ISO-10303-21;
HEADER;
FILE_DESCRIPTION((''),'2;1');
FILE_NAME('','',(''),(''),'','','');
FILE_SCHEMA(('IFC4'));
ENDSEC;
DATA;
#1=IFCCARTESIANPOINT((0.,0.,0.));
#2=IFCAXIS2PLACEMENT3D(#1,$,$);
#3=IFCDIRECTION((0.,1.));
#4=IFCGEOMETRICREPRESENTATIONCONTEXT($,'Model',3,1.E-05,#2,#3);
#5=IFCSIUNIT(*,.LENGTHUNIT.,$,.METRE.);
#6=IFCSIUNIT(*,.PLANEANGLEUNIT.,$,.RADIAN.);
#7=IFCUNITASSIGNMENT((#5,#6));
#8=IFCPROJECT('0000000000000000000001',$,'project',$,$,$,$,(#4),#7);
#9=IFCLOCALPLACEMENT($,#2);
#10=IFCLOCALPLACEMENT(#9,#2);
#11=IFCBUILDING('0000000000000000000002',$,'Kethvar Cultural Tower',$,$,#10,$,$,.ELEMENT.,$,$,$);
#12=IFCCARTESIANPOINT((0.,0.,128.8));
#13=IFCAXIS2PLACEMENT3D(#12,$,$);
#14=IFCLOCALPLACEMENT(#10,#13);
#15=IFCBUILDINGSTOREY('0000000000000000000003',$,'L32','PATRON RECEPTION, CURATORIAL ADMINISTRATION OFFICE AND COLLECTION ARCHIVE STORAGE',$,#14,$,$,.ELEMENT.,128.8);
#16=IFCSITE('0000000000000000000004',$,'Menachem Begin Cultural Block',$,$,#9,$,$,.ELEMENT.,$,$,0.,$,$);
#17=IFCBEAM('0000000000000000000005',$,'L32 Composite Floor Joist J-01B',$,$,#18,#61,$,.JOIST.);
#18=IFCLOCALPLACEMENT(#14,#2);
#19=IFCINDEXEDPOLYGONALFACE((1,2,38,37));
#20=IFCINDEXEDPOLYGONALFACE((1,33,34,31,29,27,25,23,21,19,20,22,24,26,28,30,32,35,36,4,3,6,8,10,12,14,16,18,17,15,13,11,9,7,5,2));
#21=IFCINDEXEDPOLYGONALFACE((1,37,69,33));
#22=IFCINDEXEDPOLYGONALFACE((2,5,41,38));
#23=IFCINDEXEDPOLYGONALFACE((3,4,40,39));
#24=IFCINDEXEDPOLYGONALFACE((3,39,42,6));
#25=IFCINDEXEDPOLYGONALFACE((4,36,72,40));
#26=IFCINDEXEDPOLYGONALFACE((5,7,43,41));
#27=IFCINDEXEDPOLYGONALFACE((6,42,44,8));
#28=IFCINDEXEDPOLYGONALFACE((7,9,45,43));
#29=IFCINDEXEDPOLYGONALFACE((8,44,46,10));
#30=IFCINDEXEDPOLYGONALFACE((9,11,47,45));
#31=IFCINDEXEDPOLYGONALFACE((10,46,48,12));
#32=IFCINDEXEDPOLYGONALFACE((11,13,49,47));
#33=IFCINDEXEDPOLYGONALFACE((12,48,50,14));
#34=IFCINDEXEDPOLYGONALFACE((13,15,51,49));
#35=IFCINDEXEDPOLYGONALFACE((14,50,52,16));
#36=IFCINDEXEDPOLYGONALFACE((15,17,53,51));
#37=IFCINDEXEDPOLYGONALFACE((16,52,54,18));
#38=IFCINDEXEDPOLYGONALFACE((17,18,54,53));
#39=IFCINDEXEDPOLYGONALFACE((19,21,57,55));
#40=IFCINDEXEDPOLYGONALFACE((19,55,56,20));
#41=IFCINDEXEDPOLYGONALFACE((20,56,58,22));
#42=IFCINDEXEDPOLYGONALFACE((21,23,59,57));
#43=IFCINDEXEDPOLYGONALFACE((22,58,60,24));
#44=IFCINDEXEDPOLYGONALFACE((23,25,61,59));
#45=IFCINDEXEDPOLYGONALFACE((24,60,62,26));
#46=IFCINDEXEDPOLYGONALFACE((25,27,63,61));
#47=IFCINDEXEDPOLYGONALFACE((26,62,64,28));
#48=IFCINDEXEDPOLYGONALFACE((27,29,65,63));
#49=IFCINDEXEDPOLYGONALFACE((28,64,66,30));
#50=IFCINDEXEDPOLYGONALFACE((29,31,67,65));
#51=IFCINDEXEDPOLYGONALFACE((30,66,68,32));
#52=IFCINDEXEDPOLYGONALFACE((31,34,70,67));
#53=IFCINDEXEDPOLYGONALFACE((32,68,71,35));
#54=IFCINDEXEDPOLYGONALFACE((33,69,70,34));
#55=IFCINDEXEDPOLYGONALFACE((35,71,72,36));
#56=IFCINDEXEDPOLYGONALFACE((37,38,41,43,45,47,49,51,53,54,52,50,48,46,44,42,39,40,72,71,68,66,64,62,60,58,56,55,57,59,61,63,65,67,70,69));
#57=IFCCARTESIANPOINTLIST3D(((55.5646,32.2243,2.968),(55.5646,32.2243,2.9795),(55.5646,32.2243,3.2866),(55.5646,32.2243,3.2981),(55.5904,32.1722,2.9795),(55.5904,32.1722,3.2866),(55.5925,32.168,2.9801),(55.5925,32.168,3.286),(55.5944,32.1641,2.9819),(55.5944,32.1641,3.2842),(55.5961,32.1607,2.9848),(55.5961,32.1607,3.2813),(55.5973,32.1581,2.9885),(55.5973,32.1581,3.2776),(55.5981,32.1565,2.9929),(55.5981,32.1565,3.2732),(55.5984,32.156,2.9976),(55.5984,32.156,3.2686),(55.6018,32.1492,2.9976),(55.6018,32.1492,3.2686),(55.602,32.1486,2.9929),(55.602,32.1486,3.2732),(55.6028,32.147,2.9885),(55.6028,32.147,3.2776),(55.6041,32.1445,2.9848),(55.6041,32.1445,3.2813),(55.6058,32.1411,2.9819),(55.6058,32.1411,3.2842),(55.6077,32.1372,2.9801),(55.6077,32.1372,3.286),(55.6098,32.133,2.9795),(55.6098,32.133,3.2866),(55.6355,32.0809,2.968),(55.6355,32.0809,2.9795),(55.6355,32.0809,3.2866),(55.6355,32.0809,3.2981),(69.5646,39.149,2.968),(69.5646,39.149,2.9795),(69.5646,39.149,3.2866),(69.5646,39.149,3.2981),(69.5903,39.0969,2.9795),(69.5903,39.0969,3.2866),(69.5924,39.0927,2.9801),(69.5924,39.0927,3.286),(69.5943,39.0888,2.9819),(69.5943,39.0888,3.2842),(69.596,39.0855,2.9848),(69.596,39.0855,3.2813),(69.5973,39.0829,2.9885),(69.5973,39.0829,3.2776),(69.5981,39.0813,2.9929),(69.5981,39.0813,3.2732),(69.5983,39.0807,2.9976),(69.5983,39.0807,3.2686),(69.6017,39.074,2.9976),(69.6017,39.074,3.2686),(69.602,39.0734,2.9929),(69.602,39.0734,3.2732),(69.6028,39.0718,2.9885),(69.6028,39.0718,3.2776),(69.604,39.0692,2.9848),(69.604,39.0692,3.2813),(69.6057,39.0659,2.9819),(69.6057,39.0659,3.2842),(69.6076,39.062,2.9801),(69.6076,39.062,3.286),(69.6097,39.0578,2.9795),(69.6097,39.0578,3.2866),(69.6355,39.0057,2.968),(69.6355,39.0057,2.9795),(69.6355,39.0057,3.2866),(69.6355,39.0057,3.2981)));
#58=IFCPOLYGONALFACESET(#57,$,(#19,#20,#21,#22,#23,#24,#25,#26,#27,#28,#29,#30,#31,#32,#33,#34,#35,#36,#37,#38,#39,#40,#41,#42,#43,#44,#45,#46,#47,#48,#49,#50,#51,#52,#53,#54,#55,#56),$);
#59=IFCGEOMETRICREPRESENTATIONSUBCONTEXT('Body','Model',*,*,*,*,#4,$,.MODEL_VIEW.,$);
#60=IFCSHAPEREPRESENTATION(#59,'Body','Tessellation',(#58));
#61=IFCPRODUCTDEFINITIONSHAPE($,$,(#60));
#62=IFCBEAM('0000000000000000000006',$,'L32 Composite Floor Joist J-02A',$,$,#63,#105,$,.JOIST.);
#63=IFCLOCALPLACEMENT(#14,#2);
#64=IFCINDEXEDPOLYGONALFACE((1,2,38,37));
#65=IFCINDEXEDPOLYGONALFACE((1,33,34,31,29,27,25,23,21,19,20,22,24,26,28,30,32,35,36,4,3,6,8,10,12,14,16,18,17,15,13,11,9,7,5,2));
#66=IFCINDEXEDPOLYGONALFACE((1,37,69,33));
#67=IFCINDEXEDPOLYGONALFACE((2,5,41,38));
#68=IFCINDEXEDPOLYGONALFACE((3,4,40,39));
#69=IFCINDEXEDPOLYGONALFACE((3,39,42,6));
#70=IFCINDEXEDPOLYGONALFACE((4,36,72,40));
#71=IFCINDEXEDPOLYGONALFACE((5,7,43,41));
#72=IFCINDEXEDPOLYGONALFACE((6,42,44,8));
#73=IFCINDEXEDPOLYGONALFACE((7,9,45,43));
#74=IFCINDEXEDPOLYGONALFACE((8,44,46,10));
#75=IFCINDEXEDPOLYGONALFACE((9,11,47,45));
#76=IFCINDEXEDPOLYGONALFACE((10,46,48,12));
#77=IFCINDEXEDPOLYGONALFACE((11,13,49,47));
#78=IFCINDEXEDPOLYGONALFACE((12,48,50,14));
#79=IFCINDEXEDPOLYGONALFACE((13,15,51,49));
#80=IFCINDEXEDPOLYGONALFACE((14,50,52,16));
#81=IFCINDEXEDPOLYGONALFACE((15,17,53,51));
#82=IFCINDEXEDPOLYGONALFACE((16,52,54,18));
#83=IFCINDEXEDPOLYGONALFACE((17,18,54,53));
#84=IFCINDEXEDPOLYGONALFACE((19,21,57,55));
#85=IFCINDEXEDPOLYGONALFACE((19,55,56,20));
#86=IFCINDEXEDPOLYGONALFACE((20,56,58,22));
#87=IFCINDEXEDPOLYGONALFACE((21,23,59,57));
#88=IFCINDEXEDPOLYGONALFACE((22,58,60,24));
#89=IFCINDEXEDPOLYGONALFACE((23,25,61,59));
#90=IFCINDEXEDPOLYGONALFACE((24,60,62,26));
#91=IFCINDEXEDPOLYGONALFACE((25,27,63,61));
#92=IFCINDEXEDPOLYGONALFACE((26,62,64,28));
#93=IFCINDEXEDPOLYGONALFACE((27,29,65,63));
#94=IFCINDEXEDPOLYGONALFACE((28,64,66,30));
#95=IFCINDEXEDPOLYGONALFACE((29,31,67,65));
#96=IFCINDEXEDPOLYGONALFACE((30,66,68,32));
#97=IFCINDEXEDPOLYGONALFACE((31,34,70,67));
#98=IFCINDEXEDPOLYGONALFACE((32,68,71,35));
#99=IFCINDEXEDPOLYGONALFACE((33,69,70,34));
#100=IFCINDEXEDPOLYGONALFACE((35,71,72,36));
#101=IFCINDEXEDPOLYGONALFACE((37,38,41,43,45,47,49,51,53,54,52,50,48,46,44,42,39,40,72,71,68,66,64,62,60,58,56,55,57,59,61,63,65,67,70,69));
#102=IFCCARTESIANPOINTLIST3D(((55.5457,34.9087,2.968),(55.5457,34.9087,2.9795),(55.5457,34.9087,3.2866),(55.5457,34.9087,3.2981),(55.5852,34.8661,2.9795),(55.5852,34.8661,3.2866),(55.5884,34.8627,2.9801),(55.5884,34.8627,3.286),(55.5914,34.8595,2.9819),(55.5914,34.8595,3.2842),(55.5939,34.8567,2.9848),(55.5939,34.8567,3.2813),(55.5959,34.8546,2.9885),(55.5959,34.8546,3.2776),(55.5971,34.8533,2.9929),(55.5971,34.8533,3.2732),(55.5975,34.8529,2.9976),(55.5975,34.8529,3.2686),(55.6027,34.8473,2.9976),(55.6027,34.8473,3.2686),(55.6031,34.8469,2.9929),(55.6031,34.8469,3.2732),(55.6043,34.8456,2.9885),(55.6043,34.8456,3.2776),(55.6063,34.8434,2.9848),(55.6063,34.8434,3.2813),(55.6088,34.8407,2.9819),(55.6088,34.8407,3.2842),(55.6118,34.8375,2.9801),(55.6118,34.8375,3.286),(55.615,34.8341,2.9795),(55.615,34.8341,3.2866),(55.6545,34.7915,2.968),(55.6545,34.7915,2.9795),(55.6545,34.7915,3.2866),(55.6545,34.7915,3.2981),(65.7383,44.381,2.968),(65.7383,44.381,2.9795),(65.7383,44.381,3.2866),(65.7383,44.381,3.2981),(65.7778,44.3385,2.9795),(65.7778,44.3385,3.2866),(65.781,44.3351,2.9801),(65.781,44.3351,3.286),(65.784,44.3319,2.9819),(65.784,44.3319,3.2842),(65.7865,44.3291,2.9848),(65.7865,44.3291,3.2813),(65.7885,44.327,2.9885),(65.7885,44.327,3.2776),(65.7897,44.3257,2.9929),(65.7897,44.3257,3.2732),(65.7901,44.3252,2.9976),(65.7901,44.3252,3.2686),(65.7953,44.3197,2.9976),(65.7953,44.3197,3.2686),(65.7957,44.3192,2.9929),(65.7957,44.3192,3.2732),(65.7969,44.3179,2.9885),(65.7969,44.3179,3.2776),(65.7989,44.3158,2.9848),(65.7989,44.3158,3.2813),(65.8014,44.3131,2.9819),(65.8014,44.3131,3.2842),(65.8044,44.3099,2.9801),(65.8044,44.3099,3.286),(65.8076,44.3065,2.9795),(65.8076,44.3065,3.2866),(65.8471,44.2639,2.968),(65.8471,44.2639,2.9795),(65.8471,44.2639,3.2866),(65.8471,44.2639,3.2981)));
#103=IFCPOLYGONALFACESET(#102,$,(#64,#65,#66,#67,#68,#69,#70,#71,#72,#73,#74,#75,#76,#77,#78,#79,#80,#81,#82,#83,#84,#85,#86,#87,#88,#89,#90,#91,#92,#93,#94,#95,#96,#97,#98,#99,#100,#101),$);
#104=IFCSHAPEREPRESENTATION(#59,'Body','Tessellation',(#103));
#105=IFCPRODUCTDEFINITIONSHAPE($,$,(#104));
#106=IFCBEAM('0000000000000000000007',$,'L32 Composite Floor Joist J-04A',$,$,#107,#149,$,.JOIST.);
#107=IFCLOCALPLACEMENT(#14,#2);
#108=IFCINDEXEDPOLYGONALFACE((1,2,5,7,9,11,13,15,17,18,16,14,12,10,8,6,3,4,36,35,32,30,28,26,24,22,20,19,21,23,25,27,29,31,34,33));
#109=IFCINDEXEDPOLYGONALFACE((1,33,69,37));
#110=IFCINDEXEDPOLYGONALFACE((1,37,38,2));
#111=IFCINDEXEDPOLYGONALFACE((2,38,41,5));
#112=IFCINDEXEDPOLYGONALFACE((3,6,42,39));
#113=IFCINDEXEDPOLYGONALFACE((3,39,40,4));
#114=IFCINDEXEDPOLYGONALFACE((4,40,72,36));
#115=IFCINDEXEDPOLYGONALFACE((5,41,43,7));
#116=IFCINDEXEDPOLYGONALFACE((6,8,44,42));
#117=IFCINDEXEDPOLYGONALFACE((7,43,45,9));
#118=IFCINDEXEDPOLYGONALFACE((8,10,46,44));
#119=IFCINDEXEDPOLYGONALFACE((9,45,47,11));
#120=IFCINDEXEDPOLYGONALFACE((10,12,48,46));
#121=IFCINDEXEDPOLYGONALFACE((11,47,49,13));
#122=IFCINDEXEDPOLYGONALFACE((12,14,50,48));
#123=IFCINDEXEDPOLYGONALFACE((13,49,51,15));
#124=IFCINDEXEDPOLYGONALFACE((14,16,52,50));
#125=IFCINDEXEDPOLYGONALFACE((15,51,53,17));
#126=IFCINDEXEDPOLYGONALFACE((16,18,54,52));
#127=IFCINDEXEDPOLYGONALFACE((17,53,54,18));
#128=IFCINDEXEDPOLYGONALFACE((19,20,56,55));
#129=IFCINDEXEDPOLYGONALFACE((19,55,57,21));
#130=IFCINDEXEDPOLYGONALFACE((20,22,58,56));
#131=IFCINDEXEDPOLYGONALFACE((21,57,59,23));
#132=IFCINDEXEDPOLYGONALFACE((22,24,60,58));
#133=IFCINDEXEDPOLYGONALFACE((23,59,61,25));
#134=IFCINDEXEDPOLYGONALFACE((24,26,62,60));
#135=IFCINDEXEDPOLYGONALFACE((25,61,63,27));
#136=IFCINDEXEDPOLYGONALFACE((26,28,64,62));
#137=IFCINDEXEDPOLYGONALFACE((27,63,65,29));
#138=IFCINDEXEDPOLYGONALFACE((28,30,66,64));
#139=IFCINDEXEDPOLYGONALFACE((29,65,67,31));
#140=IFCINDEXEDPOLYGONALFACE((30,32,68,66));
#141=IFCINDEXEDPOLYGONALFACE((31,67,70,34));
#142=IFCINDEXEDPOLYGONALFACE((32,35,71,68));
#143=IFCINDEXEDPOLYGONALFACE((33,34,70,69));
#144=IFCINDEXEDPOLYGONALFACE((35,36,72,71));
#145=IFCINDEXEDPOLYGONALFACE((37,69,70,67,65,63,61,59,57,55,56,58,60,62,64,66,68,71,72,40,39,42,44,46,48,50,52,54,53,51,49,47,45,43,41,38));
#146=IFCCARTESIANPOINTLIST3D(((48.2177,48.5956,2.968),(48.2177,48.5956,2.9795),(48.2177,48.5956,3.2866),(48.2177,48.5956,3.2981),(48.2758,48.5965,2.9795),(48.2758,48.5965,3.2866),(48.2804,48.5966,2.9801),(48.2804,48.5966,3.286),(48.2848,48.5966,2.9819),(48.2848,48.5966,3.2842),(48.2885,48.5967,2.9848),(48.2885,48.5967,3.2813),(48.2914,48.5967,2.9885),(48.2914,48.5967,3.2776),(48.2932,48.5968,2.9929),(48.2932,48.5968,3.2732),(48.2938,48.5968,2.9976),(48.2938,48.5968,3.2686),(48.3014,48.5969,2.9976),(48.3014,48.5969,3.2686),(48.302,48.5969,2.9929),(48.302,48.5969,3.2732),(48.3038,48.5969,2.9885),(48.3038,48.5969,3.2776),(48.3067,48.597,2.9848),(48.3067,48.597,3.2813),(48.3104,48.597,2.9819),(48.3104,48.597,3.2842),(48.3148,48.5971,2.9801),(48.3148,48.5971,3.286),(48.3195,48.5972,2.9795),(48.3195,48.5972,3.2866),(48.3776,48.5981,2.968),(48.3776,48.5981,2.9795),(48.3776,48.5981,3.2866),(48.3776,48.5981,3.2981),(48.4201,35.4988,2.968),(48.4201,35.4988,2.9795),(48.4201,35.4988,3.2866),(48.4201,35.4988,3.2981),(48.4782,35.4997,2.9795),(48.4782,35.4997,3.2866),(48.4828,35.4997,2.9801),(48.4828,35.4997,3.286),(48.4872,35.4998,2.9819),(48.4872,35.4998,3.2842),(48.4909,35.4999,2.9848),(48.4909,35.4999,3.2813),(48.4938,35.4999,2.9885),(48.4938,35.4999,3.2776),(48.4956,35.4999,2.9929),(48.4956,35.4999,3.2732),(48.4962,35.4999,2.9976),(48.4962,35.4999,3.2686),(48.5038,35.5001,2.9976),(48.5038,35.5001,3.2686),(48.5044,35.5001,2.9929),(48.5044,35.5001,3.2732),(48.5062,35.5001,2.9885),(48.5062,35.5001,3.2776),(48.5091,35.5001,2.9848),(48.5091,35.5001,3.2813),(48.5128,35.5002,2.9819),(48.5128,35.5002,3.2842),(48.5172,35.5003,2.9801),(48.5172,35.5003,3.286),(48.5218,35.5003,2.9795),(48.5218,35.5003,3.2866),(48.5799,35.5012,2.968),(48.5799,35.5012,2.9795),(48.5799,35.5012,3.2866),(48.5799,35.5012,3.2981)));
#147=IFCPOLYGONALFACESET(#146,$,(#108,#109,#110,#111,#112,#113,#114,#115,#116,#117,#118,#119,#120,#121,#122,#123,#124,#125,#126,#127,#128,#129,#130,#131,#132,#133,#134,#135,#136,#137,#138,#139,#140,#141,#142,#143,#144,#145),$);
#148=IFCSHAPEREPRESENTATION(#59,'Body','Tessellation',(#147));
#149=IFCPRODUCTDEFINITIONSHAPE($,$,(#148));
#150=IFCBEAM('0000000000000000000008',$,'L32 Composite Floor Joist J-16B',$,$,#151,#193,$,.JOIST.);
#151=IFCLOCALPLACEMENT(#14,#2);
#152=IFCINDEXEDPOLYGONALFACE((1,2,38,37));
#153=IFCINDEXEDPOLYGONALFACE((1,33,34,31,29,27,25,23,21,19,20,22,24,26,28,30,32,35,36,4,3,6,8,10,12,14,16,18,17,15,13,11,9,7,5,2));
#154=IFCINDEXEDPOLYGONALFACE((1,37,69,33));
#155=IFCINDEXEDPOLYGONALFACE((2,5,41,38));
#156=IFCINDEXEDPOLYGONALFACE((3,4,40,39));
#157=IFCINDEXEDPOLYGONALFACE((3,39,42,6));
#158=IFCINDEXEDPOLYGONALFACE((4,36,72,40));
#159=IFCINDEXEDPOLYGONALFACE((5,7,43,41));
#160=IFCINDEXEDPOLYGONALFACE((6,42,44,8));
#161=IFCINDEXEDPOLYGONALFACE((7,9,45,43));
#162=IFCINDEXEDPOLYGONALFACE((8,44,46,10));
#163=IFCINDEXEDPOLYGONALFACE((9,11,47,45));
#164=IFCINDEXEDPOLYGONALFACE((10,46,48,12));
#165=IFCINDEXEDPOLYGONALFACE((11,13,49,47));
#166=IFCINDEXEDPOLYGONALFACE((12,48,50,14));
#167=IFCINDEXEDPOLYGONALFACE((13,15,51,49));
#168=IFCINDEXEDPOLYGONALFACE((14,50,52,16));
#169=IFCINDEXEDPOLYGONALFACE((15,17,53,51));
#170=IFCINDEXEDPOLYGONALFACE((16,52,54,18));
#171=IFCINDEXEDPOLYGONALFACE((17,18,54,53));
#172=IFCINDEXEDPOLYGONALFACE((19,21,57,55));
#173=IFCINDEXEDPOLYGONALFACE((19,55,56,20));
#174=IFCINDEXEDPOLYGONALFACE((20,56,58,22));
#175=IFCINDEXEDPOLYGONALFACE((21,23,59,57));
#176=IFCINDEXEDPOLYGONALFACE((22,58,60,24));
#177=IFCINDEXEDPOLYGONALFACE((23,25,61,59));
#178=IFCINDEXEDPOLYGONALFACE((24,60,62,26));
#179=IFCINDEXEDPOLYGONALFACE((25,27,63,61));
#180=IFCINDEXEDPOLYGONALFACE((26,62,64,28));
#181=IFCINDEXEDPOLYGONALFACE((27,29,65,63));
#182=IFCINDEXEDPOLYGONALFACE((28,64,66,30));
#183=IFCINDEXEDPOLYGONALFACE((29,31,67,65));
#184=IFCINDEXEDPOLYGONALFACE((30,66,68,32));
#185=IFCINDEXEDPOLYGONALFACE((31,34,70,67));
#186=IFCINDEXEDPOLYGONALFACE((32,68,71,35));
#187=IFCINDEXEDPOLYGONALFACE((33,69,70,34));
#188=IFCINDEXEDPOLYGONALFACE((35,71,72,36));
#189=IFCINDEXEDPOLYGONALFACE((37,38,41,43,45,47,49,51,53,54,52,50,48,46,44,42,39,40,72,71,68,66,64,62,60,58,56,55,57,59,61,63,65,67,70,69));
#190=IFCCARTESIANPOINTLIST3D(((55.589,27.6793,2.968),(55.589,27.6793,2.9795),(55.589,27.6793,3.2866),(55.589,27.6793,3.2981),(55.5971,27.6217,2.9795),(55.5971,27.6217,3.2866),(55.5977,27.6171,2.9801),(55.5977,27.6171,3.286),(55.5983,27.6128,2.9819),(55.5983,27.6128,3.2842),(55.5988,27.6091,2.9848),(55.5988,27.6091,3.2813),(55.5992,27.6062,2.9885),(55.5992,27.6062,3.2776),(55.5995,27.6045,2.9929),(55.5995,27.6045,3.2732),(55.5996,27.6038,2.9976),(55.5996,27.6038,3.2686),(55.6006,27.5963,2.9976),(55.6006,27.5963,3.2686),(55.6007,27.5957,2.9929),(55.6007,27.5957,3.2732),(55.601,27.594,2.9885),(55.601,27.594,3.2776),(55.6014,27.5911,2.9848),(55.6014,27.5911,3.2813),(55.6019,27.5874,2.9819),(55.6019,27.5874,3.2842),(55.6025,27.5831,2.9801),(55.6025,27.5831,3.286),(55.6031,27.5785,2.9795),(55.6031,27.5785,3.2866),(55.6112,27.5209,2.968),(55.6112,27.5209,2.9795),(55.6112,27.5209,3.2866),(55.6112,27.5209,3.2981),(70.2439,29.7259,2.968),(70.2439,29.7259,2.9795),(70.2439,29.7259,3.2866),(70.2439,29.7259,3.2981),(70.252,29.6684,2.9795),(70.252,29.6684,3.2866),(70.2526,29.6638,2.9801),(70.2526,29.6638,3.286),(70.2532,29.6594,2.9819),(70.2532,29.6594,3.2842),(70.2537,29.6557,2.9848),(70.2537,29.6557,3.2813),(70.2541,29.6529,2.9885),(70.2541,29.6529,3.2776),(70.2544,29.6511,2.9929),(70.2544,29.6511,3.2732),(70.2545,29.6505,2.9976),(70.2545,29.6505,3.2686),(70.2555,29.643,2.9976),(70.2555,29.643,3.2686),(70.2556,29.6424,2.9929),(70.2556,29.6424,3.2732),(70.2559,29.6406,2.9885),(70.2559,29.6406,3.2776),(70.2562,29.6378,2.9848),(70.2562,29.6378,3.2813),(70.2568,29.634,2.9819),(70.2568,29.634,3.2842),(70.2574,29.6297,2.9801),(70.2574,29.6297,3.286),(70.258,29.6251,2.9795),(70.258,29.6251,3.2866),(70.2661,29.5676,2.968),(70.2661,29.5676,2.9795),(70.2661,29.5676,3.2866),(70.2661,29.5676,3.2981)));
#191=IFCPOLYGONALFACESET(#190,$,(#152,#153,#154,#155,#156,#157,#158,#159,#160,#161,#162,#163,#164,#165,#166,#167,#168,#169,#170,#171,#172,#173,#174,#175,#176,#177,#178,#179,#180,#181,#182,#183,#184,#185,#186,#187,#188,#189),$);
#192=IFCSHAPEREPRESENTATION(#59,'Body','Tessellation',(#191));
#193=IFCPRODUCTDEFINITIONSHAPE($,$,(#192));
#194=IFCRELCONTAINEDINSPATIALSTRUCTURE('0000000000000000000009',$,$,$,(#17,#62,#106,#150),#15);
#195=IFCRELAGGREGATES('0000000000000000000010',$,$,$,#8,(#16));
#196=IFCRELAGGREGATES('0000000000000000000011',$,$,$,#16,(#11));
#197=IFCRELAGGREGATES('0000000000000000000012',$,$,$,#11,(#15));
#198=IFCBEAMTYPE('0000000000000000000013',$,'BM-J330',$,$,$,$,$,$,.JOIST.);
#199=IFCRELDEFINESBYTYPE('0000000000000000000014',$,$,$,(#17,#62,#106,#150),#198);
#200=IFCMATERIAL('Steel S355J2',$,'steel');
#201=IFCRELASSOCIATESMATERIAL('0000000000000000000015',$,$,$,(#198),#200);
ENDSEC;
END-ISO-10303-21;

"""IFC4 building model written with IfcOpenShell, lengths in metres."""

from ifc_helpers import new_model, si_unit, direction, frame, origin, origin_2d, place, context, subcontext, project, spatial, i_section, extrude, source, transform, mapped, material, material_profile, profile_set, type_object, element, save


model = new_model("IFC4")

# Units and contexts
model_context = context("Model", 3, precision=1e-05, world=origin(), true_north=direction((0.0, 1.0)))
body_context = subcontext(model_context, "Body", "Model", "MODEL_VIEW")
ifc_project = project(units=[si_unit("LENGTHUNIT", "METRE"), si_unit("PLANEANGLEUNIT", "RADIAN")], contexts=[model_context])

# Site, building, storey
site_placement = place(None, origin())
site = spatial("IfcSite", under=ifc_project, at=site_placement, Name="Menachem Begin Cultural Block", CompositionType="ELEMENT", RefElevation=0.0)
building_placement = place(site_placement, origin())
building = spatial("IfcBuilding", under=site, at=building_placement, Name="Kethvar Cultural Tower", CompositionType="ELEMENT")
storey_placement = place(building_placement, frame((0.0, 0.0, 128.8)))
storey = spatial("IfcBuildingStorey", under=building, at=storey_placement, Name="L32", Description="PATRON RECEPTION, CURATORIAL ADMINISTRATION OFFICE AND COLLECTION ARCHIVE STORAGE", CompositionType="ELEMENT", Elevation=128.8)

# Beams
ifc_material_1 = material(Name="Steel S355J2", Category="steel")
ifc_material_profile_1 = material_profile(ifc_material_1, i_section(OverallWidth=0.1599, OverallDepth=0.3301, WebThickness=0.0076, FlangeThickness=0.0115, FilletRadius=0.0181, at=origin_2d()), Name="Steel S355J2 — IPE330")
ifc_profile_set_1 = profile_set([ifc_material_profile_1], Name="Steel S355J2 — IPE330")
beam_type_1 = type_object("IfcBeamType", Name="BM-J330", PredefinedType="JOIST", material=ifc_profile_set_1)
shared_shape_1 = source(origin(), body_context, "Body", "SweptSolid", [
    extrude(i_section(OverallWidth=0.1599, OverallDepth=0.3301, WebThickness=0.0076, FlangeThickness=0.0115, FilletRadius=0.0181, at=origin_2d()), origin(), (0.0, 0.0, 1.0), 15.6189),
])
beam_1_placement = place(storey_placement, frame((55.6001, 32.1526, 3.1331), z_axis=(0.896345, 0.443358, 0.0), x_axis=(-0.443358, 0.896345, 0.0)))
element("IfcBeam", 1, at=beam_1_placement, inside=storey, type_object=beam_type_1, Name="L32 Composite Floor Joist J-01B", PredefinedType="JOIST", context=body_context, shape_type="MappedRepresentation", body=[
    mapped(shared_shape_1, transform((0.0, 0.0, 0.0), scale=1.0)),
])
shared_shape_2 = source(origin(), body_context, "Body", "SweptSolid", [
    extrude(i_section(OverallWidth=0.1599, OverallDepth=0.3301, WebThickness=0.0076, FlangeThickness=0.0115, FilletRadius=0.0181, at=origin_2d()), origin(), (0.0, 0.0, 1.0), 13.9146),
])
beam_2_placement = place(storey_placement, frame((55.6001, 34.8501, 3.1331), z_axis=(0.732513, 0.680753, 0.0), x_axis=(-0.680753, 0.732513, 0.0)))
element("IfcBeam", 2, at=beam_2_placement, inside=storey, type_object=beam_type_1, Name="L32 Composite Floor Joist J-02A", PredefinedType="JOIST", context=body_context, shape_type="MappedRepresentation", body=[
    mapped(shared_shape_2, transform((0.0, 0.0, 0.0), scale=1.0)),
])
shared_shape_3 = source(origin(), body_context, "Body", "SweptSolid", [
    extrude(i_section(OverallWidth=0.1599, OverallDepth=0.3301, WebThickness=0.0076, FlangeThickness=0.0115, FilletRadius=0.0181, at=origin_2d()), origin(), (0.0, 0.0, 1.0), 13.0984),
])
beam_3_placement = place(storey_placement, frame((48.5, 35.5, 3.1331), z_axis=(-0.015452, 0.999881, 0.0), x_axis=(-0.999881, -0.015452, 0.0)))
element("IfcBeam", 3, at=beam_3_placement, inside=storey, type_object=beam_type_1, Name="L32 Composite Floor Joist J-04A", PredefinedType="JOIST", context=body_context, shape_type="MappedRepresentation", body=[
    mapped(shared_shape_3, transform((0.0, 0.0, 0.0), scale=1.0)),
])
shared_shape_4 = source(origin(), body_context, "Body", "SweptSolid", [
    extrude(i_section(OverallWidth=0.1599, OverallDepth=0.3301, WebThickness=0.0076, FlangeThickness=0.0115, FilletRadius=0.0181, at=origin_2d()), origin(), (0.0, 0.0, 1.0), 14.7971),
])
beam_4_placement = place(storey_placement, frame((55.6001, 27.6001, 3.1331), z_axis=(0.990388, 0.138314, 0.0), x_axis=(-0.138314, 0.990388, 0.0)))
element("IfcBeam", 4, at=beam_4_placement, inside=storey, type_object=beam_type_1, Name="L32 Composite Floor Joist J-16B", PredefinedType="JOIST", context=body_context, shape_type="MappedRepresentation", body=[
    mapped(shared_shape_4, transform((0.0, 0.0, 0.0), scale=1.0)),
])

save(model, "model.ifc")
